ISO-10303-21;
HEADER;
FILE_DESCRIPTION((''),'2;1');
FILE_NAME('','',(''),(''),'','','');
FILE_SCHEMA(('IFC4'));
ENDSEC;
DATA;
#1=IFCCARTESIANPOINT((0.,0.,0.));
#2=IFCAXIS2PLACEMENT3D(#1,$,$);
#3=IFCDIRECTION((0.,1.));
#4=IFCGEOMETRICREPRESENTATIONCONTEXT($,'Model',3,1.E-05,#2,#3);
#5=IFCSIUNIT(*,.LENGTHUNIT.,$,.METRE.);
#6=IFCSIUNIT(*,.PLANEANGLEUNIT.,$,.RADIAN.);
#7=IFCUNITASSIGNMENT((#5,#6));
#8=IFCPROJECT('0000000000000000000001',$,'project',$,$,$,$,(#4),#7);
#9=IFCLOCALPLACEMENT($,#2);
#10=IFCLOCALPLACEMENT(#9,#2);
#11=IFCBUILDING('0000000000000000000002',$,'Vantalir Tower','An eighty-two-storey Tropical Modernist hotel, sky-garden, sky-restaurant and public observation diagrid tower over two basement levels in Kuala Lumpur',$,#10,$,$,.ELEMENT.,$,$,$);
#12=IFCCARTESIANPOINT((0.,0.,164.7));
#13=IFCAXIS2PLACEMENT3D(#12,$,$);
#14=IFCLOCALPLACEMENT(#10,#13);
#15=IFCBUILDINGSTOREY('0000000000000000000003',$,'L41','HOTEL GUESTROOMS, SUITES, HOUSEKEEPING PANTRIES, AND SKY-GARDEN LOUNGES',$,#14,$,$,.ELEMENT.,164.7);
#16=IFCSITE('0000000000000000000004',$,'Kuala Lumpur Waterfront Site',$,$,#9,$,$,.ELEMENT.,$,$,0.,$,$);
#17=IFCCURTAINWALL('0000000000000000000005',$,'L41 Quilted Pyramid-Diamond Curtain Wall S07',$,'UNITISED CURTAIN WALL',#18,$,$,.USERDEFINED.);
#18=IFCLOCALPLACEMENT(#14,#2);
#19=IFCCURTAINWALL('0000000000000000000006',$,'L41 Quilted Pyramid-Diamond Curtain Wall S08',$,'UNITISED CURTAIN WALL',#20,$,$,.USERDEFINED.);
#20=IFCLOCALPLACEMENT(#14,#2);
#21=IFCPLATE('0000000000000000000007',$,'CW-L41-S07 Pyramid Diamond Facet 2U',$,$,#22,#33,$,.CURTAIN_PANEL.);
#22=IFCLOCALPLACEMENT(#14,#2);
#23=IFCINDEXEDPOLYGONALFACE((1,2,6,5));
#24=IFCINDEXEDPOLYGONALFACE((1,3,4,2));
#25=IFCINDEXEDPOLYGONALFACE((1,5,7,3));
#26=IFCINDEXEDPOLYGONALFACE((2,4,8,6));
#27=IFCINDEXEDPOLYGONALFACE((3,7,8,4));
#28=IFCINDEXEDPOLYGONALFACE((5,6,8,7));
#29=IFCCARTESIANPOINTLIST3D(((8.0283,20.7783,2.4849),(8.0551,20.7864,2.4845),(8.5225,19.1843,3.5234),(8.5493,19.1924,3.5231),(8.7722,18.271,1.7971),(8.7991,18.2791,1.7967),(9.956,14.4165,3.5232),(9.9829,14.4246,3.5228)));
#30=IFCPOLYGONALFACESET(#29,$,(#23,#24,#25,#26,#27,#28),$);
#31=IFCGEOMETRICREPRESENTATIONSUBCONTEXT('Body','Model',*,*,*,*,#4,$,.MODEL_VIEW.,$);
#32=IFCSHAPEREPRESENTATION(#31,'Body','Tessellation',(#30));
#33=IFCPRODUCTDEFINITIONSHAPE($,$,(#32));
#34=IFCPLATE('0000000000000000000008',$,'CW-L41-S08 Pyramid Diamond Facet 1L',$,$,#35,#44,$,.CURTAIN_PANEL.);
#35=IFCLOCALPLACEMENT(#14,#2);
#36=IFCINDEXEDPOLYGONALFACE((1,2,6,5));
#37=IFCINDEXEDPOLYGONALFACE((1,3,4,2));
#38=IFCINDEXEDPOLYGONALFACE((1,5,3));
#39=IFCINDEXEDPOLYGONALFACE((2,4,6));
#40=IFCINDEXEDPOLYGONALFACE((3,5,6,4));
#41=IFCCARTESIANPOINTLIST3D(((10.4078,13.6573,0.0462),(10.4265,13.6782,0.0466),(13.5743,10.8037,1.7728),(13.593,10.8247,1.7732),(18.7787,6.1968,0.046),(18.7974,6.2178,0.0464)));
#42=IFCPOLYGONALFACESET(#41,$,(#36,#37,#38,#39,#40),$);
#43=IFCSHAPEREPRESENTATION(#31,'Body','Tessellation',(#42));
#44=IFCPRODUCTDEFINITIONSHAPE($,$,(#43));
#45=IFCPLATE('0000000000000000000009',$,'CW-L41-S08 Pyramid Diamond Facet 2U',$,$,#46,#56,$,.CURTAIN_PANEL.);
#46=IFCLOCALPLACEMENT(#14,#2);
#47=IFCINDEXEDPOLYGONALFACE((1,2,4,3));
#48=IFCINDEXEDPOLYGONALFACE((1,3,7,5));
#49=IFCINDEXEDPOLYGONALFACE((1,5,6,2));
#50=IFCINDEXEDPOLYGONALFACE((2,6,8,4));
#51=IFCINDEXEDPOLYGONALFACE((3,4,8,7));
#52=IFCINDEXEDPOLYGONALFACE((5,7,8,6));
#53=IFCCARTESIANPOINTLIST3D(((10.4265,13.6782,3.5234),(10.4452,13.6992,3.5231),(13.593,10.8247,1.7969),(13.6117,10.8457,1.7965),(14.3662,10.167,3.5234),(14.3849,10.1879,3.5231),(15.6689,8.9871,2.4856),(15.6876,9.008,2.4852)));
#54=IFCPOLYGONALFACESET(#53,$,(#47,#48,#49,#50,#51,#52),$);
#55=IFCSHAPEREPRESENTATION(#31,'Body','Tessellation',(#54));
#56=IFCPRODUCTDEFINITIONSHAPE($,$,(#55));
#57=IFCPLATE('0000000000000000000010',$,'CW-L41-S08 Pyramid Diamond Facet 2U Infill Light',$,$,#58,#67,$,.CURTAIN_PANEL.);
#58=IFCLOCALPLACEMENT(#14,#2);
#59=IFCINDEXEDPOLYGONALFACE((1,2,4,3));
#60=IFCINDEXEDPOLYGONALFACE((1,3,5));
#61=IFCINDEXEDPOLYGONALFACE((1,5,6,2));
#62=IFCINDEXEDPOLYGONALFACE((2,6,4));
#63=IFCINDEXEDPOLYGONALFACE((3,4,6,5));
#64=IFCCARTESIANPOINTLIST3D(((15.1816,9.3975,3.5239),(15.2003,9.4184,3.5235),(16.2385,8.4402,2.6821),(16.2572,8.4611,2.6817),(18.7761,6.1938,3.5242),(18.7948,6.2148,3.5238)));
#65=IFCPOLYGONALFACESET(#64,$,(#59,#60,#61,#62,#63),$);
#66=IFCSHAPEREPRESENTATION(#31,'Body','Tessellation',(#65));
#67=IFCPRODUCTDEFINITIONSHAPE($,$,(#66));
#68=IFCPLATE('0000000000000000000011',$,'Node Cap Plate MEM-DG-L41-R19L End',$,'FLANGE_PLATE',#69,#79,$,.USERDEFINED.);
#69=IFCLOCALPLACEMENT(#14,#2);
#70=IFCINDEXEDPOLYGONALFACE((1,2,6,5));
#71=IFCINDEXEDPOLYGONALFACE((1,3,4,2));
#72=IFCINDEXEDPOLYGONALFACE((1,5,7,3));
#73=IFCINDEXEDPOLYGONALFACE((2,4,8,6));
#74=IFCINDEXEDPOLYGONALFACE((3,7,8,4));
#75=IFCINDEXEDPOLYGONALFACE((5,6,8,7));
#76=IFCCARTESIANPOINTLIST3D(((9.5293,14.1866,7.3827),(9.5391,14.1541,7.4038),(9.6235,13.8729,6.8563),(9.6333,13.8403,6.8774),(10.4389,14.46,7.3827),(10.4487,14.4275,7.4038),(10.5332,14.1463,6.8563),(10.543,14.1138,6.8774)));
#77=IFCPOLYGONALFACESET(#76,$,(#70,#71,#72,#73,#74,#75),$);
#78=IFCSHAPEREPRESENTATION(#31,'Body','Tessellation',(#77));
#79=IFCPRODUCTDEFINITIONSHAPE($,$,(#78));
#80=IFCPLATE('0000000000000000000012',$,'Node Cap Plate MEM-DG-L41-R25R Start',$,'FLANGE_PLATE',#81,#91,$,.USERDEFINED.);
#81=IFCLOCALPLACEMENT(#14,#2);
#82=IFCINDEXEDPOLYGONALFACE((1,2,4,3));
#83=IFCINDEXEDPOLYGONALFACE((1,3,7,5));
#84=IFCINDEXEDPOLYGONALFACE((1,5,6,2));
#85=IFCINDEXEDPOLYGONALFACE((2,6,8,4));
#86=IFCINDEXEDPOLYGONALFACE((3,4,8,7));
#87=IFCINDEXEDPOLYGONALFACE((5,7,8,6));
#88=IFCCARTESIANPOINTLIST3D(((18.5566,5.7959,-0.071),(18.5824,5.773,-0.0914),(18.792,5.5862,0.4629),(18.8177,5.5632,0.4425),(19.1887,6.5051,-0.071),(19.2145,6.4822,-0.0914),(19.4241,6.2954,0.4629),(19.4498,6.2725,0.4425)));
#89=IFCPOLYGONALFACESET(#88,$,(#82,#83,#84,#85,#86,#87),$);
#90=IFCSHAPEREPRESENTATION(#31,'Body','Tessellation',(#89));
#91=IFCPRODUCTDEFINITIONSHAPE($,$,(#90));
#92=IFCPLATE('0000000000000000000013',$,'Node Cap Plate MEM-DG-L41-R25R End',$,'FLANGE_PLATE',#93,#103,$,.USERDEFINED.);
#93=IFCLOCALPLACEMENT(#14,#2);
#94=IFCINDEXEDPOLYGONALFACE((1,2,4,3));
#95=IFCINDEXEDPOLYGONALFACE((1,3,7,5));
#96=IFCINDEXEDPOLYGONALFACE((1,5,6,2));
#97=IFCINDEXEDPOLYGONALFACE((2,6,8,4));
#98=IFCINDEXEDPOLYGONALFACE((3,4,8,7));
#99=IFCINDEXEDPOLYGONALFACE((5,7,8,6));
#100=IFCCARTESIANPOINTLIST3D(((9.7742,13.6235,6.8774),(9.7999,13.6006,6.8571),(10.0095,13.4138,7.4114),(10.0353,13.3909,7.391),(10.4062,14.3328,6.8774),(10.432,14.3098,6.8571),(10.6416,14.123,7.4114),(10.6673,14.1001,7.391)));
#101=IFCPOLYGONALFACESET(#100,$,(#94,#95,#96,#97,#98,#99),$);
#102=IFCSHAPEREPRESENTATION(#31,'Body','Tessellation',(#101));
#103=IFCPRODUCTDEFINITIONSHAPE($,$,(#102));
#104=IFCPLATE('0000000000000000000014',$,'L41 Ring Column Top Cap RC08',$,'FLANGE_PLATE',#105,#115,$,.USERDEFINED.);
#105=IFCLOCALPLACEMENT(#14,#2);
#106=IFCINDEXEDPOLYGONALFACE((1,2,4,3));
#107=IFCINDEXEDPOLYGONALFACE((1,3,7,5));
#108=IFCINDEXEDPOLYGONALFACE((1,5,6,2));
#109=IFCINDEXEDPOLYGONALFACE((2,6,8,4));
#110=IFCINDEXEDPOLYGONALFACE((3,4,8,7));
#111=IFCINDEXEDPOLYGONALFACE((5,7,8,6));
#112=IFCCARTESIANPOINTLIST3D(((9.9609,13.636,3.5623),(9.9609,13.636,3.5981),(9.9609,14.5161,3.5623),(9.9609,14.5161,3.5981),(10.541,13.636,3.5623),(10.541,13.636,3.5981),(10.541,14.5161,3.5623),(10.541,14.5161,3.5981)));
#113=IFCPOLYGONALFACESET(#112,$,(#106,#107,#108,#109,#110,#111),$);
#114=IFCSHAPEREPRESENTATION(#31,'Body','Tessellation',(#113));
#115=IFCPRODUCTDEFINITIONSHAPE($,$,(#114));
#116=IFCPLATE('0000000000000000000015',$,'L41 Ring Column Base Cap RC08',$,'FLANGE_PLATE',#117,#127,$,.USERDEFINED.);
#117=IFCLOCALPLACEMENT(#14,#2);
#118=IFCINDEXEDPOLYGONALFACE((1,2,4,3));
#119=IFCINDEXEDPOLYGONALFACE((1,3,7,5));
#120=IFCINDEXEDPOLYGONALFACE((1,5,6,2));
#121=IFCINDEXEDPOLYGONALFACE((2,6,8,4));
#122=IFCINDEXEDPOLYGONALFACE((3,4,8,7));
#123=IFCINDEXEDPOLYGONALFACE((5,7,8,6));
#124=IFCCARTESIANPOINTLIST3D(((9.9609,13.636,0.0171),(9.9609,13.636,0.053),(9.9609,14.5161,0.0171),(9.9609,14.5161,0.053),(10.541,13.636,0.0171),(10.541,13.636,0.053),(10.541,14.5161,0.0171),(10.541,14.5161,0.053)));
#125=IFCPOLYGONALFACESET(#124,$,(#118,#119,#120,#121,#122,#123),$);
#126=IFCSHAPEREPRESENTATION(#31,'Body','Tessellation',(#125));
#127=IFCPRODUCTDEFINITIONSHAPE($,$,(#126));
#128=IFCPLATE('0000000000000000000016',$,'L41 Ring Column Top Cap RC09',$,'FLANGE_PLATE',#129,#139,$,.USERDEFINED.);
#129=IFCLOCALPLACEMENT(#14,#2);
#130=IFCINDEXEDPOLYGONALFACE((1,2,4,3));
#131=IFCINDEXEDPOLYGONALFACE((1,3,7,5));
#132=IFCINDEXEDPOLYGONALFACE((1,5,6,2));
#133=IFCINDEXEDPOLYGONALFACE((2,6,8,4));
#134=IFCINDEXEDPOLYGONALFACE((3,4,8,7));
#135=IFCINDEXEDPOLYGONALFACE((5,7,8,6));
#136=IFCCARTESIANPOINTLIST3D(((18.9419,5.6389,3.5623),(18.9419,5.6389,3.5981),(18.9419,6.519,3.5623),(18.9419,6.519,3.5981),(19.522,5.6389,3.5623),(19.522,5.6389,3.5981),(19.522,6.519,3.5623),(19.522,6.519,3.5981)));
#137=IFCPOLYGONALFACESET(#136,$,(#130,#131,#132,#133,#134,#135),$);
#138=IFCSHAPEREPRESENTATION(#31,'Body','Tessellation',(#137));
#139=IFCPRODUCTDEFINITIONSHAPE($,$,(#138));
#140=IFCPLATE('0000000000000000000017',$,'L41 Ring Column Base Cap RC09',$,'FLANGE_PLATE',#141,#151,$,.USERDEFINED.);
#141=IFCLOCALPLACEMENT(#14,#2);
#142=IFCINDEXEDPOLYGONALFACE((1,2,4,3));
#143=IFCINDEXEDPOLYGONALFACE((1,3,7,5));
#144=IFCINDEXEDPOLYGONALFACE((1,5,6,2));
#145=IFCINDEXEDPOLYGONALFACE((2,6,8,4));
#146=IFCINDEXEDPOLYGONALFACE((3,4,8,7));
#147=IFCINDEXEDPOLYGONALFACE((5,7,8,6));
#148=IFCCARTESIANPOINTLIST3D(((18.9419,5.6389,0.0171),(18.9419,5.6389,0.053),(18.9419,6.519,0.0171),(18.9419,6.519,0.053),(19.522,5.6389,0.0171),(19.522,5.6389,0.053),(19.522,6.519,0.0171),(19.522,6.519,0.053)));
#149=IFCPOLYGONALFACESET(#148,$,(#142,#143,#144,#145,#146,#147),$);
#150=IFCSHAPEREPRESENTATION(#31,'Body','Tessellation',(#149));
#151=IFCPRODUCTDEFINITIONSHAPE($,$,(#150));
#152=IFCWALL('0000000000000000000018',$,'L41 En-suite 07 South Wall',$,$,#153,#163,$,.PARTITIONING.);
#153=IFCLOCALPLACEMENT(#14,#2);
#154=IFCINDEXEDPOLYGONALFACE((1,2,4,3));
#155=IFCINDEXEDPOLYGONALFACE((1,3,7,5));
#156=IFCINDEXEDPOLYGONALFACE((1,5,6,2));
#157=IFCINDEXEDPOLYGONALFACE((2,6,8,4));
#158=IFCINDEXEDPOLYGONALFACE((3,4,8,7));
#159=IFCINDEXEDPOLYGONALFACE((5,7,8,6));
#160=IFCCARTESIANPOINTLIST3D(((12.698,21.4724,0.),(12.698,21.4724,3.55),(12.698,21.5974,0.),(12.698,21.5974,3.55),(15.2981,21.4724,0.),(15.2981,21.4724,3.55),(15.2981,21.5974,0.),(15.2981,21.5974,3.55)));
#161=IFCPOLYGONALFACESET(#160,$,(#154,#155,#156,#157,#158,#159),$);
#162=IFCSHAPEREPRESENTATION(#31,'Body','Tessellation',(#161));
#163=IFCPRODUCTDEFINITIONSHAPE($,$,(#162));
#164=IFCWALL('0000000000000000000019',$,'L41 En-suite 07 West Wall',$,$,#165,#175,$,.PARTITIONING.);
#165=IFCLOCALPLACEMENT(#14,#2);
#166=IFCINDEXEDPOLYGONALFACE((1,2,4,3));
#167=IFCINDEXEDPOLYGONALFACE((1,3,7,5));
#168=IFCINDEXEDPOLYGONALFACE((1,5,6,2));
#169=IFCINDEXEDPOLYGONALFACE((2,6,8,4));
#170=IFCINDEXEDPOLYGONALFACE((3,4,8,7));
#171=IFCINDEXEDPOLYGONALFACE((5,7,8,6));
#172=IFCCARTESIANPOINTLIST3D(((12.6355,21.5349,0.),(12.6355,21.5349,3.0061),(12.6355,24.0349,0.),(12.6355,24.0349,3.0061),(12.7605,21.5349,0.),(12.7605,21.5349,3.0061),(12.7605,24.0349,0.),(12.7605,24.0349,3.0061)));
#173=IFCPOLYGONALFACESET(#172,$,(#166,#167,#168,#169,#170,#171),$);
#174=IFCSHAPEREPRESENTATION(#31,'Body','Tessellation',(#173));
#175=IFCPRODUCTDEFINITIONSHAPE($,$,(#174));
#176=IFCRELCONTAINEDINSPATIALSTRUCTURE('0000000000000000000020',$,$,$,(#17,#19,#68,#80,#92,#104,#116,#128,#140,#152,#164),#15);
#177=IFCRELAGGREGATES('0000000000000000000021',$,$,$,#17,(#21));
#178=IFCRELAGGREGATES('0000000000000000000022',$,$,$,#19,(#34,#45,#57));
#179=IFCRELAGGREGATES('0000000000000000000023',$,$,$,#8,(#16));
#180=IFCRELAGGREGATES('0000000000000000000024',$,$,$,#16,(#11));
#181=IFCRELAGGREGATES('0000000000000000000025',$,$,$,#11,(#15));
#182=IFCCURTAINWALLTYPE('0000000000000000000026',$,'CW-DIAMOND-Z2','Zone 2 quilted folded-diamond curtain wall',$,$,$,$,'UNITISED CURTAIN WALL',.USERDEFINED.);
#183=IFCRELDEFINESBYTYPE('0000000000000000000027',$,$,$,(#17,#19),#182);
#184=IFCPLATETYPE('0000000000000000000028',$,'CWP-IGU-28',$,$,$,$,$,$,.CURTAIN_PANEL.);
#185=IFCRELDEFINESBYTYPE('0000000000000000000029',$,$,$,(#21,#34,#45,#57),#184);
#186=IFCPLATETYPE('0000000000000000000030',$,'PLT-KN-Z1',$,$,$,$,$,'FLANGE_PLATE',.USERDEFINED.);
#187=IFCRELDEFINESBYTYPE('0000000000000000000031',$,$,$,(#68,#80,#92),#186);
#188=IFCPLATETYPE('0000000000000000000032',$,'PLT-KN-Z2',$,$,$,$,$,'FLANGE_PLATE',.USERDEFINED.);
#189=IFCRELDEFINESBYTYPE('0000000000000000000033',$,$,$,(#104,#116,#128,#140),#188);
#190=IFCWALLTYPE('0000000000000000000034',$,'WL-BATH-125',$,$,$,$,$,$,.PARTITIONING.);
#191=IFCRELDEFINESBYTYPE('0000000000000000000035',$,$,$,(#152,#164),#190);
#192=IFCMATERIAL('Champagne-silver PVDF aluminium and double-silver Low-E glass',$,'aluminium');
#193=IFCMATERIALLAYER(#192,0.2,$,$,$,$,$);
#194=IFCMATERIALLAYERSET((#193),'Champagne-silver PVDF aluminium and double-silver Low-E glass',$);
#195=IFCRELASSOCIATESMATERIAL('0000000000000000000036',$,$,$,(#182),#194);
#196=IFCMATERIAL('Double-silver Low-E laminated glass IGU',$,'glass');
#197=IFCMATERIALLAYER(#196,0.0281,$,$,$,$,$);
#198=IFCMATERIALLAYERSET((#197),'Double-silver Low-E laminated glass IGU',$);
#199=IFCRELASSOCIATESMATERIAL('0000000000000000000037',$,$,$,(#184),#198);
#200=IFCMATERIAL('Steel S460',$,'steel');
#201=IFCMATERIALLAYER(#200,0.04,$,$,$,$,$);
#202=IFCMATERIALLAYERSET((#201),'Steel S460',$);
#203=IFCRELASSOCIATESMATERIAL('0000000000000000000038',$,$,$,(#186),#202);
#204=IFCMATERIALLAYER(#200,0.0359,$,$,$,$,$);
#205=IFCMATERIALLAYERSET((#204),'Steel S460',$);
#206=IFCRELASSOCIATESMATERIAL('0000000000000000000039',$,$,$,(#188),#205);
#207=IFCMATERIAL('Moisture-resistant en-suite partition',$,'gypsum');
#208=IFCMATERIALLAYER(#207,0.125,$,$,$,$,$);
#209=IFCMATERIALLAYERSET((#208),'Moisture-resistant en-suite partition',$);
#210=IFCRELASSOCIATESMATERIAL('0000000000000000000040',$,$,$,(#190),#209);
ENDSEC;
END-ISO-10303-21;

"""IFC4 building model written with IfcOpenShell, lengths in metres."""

from ifc_helpers import new_model, si_unit, direction, frame, frame_2d, origin, place, context, subcontext, project, spatial, polyline, rectangle, outline, extrude, material, layer, layer_set, type_object, element, aggregate, save


model = new_model("IFC4")

# Units and contexts
model_context = context("Model", 3, precision=1e-05, world=origin(), true_north=direction((0.0, 1.0)))
body_context = subcontext(model_context, "Body", "Model", "MODEL_VIEW")
ifc_project = project(units=[si_unit("LENGTHUNIT", "METRE"), si_unit("PLANEANGLEUNIT", "RADIAN")], contexts=[model_context])

# Site, building, storey
site_placement = place(None, origin())
site = spatial("IfcSite", under=ifc_project, at=site_placement, Name="Kuala Lumpur Waterfront Site", CompositionType="ELEMENT", RefElevation=0.0)
building_placement = place(site_placement, origin())
building = spatial("IfcBuilding", under=site, at=building_placement, Name="Vantalir Tower", Description="An eighty-two-storey Tropical Modernist hotel, sky-garden, sky-restaurant and public observation diagrid tower over two basement levels in Kuala Lumpur", CompositionType="ELEMENT")
storey_placement = place(building_placement, frame((0.0, 0.0, 164.7)))
storey = spatial("IfcBuildingStorey", under=building, at=storey_placement, Name="L41", Description="HOTEL GUESTROOMS, SUITES, HOUSEKEEPING PANTRIES, AND SKY-GARDEN LOUNGES", CompositionType="ELEMENT", Elevation=164.7)

# Shared definitions
ifc_material_1 = material(Name="Steel S460", Category="steel")

# Curtain wall
ifc_material_2 = material(Name="Champagne-silver PVDF aluminium and double-silver Low-E glass", Category="aluminium")
ifc_layer_1 = layer(ifc_material_2, 0.2)
ifc_layer_set_1 = layer_set([ifc_layer_1], Name="Champagne-silver PVDF aluminium and double-silver Low-E glass")
curtain_wall_type = type_object("IfcCurtainWallType", Name="CW-DIAMOND-Z2", Description="Zone 2 quilted folded-diamond curtain wall", ElementType="UNITISED CURTAIN WALL", PredefinedType="USERDEFINED", material=ifc_layer_set_1)
curtain_wall_1_placement = place(storey_placement, origin())
curtain_wall_1 = element("IfcCurtainWall", 1, at=curtain_wall_1_placement, inside=storey, type_object=curtain_wall_type, Name="L41 Quilted Pyramid-Diamond Curtain Wall S07", ObjectType="UNITISED CURTAIN WALL", PredefinedType="USERDEFINED")

# Curtain wall
curtain_wall_2_placement = place(storey_placement, origin())
curtain_wall_2 = element("IfcCurtainWall", 2, at=curtain_wall_2_placement, inside=storey, type_object=curtain_wall_type, Name="L41 Quilted Pyramid-Diamond Curtain Wall S08", ObjectType="UNITISED CURTAIN WALL", PredefinedType="USERDEFINED")

# Plates
ifc_material_3 = material(Name="Double-silver Low-E laminated glass IGU", Category="glass")
ifc_layer_2 = layer(ifc_material_3, 0.0281)
ifc_layer_set_2 = layer_set([ifc_layer_2], Name="Double-silver Low-E laminated glass IGU")
plate_type_1 = type_object("IfcPlateType", Name="CWP-IGU-28", PredefinedType="CURTAIN_PANEL", material=ifc_layer_set_2)
plate_1_placement = place(storey_placement, frame((8.5225, 19.1843, 3.5234), z_axis=(-0.957559, -0.287906, 0.013785), x_axis=(0.287933, -0.957651, -0.000049)))
plate_1 = element("IfcPlate", 3, at=plate_1_placement, type_object=plate_type_1, Name="CW-L41-S07 Pyramid Diamond Facet 2U", PredefinedType="CURTAIN_PANEL", context=body_context, shape_type="SweptSolid", body=[
    extrude(outline(polyline([(0.0, 0.0), (4.9787, 0.0), (0.9466, -1.7264), (-1.6687, -1.0388), (0.0, 0.0)])), origin(), (0.0, 0.0, -1.0), 0.0281),
])
aggregate(curtain_wall_1, [plate_1])
plate_2_placement = place(storey_placement, frame((10.4265, 13.6782, 0.0466), z_axis=(0.665283, 0.746468, 0.013573), x_axis=(0.746537, -0.665344, -0.000022)))
plate_2 = element("IfcPlate", 4, at=plate_2_placement, type_object=plate_type_1, Name="CW-L41-S08 Pyramid Diamond Facet 1L", PredefinedType="CURTAIN_PANEL", context=body_context, shape_type="SweptSolid", body=[
    extrude(outline(polyline([(0.0, 0.0), (11.2129, 0.0), (4.2624, -1.7268), (0.0, 0.0)])), origin(), (0.0, 0.0, -1.0), 0.0281),
])
plate_3_placement = place(storey_placement, frame((10.4265, 13.6782, 3.5234), z_axis=(-0.665285, -0.746466, 0.013571), x_axis=(0.746535, -0.665346, 0.0)))
plate_3 = element("IfcPlate", 5, at=plate_3_placement, type_object=plate_type_1, Name="CW-L41-S08 Pyramid Diamond Facet 2U", PredefinedType="CURTAIN_PANEL", context=body_context, shape_type="SweptSolid", body=[
    extrude(outline(polyline([(0.0, 0.0), (5.2773, 0.0), (7.0349, -1.0379), (4.2625, -1.7267), (0.0, 0.0)])), origin(), (0.0, 0.0, -1.0), 0.0281),
])
plate_4_placement = place(storey_placement, frame((15.1816, 9.3975, 3.5239), z_axis=(-0.665291, -0.746461, 0.013582), x_axis=(0.74653, -0.665351, 0.000051)))
plate_4 = element("IfcPlate", 6, at=plate_4_placement, type_object=plate_type_1, Name="CW-L41-S08 Pyramid Diamond Facet 2U Infill Light", PredefinedType="CURTAIN_PANEL", context=body_context, shape_type="SweptSolid", body=[
    extrude(outline(polyline([(0.0, 0.0), (4.8149, 0.0), (1.4259, -0.8419), (0.0, 0.0)])), origin(), (0.0, 0.0, -1.0), 0.0281),
])
aggregate(curtain_wall_2, [plate_2, plate_3, plate_4])

# Plates
ifc_layer_3 = layer(ifc_material_1, 0.04)
ifc_layer_set_3 = layer_set([ifc_layer_3], Name="Steel S460")
plate_type_2 = type_object("IfcPlateType", Name="PLT-KN-Z1", ElementType="FLANGE_PLATE", PredefinedType="USERDEFINED", material=ifc_layer_set_3)
plate_5_placement = place(storey_placement, frame((9.6333, 13.8403, 6.8774), z_axis=(0.244404, -0.813081, 0.528362), x_axis=(0.957671, 0.287867, 0.0)))
element("IfcPlate", 7, at=plate_5_placement, inside=storey, type_object=plate_type_2, Name="Node Cap Plate MEM-DG-L41-R19L End", ObjectType="FLANGE_PLATE", PredefinedType="USERDEFINED", context=body_context, shape_type="SweptSolid", body=[
    extrude(outline(polyline([(0.0, 0.0), (0.9499, 0.0), (0.9499, 0.62), (0.0001, 0.62), (0.0, 0.0)])), origin(), (0.0, 0.0, -1.0), 0.04),
])
for number, where, z_axis, x_axis, name in (
    (8, (19.1887, 6.5051, -0.071), (-0.642864, 0.572935, 0.508401), (-0.665336, -0.746544, 0.0), "Node Cap Plate MEM-DG-L41-R25R Start"),
    (9, (10.4062, 14.3328, 6.8774), (-0.642864, 0.572935, 0.508401), (-0.665336, -0.746544, 0.0), "Node Cap Plate MEM-DG-L41-R25R End"),
):
    element("IfcPlate", number, at=place(storey_placement, frame(where, z_axis=z_axis, x_axis=x_axis)), inside=storey, type_object=plate_type_2, Name=name, ObjectType="FLANGE_PLATE", PredefinedType="USERDEFINED", context=body_context, shape_type="SweptSolid", body=[
        extrude(outline(polyline([(0.0, 0.0), (0.95, 0.0), (0.95, 0.62), (0.0, 0.62), (0.0, 0.0)])), origin(), (0.0, 0.0, -1.0), 0.04),
    ])
ifc_layer_4 = layer(ifc_material_1, 0.0359)
ifc_layer_set_4 = layer_set([ifc_layer_4], Name="Steel S460")
plate_type_3 = type_object("IfcPlateType", Name="PLT-KN-Z2", ElementType="FLANGE_PLATE", PredefinedType="USERDEFINED", material=ifc_layer_set_4)
for number, where, z_axis, x_axis, name in (
    (10, (9.9609, 14.5161, 3.5981), (0.0, 0.0, 1.0), (0.0, -1.0, 0.0), "L41 Ring Column Top Cap RC08"),
    (11, (9.9609, 14.5161, 0.053), (0.0, 0.0, 1.0), (0.0, -1.0, 0.0), "L41 Ring Column Base Cap RC08"),
    (12, (18.9419, 6.519, 3.5981), (0.0, 0.0, 1.0), (0.0, -1.0, 0.0), "L41 Ring Column Top Cap RC09"),
    (13, (18.9419, 6.519, 0.053), (0.0, 0.0, 1.0), (0.0, -1.0, 0.0), "L41 Ring Column Base Cap RC09"),
):
    element("IfcPlate", number, at=place(storey_placement, frame(where, z_axis=z_axis, x_axis=x_axis)), inside=storey, type_object=plate_type_3, Name=name, ObjectType="FLANGE_PLATE", PredefinedType="USERDEFINED", context=body_context, shape_type="SweptSolid", body=[
        extrude(outline(polyline([(0.0, 0.0), (0.8801, 0.0), (0.8801, 0.5801), (0.0, 0.5801), (0.0, 0.0)])), origin(), (0.0, 0.0, -1.0), 0.0359),
    ])

# Walls
ifc_material_4 = material(Name="Moisture-resistant en-suite partition", Category="gypsum")
ifc_layer_5 = layer(ifc_material_4, 0.125)
ifc_layer_set_5 = layer_set([ifc_layer_5], Name="Moisture-resistant en-suite partition")
wall_type_1 = type_object("IfcWallType", Name="WL-BATH-125", PredefinedType="PARTITIONING", material=ifc_layer_set_5)
wall_1_placement = place(storey_placement, frame((12.698, 21.5349, 0.0), z_axis=(0.0, 0.0, 1.0), x_axis=(1.0, 0.0, 0.0)))
element("IfcWall", 14, at=wall_1_placement, inside=storey, type_object=wall_type_1, Name="L41 En-suite 07 South Wall", PredefinedType="PARTITIONING", context=body_context, shape_type="SweptSolid", body=[
    extrude(rectangle(XDim=2.6001, YDim=0.125, at=frame_2d((1.3, 0.0))), origin(), (0.0, 0.0, 1.0), 3.55),
])
wall_2_placement = place(storey_placement, frame((12.698, 21.5349, 0.0), z_axis=(0.0, 0.0, 1.0), x_axis=(0.0, 1.0, 0.0)))
element("IfcWall", 15, at=wall_2_placement, inside=storey, type_object=wall_type_1, Name="L41 En-suite 07 West Wall", PredefinedType="PARTITIONING", context=body_context, shape_type="SweptSolid", body=[
    extrude(rectangle(XDim=2.5, YDim=0.125, at=frame_2d((1.25, 0.0))), origin(), (0.0, 0.0, 1.0), 3.0061),
])

save(model, "model.ifc")
